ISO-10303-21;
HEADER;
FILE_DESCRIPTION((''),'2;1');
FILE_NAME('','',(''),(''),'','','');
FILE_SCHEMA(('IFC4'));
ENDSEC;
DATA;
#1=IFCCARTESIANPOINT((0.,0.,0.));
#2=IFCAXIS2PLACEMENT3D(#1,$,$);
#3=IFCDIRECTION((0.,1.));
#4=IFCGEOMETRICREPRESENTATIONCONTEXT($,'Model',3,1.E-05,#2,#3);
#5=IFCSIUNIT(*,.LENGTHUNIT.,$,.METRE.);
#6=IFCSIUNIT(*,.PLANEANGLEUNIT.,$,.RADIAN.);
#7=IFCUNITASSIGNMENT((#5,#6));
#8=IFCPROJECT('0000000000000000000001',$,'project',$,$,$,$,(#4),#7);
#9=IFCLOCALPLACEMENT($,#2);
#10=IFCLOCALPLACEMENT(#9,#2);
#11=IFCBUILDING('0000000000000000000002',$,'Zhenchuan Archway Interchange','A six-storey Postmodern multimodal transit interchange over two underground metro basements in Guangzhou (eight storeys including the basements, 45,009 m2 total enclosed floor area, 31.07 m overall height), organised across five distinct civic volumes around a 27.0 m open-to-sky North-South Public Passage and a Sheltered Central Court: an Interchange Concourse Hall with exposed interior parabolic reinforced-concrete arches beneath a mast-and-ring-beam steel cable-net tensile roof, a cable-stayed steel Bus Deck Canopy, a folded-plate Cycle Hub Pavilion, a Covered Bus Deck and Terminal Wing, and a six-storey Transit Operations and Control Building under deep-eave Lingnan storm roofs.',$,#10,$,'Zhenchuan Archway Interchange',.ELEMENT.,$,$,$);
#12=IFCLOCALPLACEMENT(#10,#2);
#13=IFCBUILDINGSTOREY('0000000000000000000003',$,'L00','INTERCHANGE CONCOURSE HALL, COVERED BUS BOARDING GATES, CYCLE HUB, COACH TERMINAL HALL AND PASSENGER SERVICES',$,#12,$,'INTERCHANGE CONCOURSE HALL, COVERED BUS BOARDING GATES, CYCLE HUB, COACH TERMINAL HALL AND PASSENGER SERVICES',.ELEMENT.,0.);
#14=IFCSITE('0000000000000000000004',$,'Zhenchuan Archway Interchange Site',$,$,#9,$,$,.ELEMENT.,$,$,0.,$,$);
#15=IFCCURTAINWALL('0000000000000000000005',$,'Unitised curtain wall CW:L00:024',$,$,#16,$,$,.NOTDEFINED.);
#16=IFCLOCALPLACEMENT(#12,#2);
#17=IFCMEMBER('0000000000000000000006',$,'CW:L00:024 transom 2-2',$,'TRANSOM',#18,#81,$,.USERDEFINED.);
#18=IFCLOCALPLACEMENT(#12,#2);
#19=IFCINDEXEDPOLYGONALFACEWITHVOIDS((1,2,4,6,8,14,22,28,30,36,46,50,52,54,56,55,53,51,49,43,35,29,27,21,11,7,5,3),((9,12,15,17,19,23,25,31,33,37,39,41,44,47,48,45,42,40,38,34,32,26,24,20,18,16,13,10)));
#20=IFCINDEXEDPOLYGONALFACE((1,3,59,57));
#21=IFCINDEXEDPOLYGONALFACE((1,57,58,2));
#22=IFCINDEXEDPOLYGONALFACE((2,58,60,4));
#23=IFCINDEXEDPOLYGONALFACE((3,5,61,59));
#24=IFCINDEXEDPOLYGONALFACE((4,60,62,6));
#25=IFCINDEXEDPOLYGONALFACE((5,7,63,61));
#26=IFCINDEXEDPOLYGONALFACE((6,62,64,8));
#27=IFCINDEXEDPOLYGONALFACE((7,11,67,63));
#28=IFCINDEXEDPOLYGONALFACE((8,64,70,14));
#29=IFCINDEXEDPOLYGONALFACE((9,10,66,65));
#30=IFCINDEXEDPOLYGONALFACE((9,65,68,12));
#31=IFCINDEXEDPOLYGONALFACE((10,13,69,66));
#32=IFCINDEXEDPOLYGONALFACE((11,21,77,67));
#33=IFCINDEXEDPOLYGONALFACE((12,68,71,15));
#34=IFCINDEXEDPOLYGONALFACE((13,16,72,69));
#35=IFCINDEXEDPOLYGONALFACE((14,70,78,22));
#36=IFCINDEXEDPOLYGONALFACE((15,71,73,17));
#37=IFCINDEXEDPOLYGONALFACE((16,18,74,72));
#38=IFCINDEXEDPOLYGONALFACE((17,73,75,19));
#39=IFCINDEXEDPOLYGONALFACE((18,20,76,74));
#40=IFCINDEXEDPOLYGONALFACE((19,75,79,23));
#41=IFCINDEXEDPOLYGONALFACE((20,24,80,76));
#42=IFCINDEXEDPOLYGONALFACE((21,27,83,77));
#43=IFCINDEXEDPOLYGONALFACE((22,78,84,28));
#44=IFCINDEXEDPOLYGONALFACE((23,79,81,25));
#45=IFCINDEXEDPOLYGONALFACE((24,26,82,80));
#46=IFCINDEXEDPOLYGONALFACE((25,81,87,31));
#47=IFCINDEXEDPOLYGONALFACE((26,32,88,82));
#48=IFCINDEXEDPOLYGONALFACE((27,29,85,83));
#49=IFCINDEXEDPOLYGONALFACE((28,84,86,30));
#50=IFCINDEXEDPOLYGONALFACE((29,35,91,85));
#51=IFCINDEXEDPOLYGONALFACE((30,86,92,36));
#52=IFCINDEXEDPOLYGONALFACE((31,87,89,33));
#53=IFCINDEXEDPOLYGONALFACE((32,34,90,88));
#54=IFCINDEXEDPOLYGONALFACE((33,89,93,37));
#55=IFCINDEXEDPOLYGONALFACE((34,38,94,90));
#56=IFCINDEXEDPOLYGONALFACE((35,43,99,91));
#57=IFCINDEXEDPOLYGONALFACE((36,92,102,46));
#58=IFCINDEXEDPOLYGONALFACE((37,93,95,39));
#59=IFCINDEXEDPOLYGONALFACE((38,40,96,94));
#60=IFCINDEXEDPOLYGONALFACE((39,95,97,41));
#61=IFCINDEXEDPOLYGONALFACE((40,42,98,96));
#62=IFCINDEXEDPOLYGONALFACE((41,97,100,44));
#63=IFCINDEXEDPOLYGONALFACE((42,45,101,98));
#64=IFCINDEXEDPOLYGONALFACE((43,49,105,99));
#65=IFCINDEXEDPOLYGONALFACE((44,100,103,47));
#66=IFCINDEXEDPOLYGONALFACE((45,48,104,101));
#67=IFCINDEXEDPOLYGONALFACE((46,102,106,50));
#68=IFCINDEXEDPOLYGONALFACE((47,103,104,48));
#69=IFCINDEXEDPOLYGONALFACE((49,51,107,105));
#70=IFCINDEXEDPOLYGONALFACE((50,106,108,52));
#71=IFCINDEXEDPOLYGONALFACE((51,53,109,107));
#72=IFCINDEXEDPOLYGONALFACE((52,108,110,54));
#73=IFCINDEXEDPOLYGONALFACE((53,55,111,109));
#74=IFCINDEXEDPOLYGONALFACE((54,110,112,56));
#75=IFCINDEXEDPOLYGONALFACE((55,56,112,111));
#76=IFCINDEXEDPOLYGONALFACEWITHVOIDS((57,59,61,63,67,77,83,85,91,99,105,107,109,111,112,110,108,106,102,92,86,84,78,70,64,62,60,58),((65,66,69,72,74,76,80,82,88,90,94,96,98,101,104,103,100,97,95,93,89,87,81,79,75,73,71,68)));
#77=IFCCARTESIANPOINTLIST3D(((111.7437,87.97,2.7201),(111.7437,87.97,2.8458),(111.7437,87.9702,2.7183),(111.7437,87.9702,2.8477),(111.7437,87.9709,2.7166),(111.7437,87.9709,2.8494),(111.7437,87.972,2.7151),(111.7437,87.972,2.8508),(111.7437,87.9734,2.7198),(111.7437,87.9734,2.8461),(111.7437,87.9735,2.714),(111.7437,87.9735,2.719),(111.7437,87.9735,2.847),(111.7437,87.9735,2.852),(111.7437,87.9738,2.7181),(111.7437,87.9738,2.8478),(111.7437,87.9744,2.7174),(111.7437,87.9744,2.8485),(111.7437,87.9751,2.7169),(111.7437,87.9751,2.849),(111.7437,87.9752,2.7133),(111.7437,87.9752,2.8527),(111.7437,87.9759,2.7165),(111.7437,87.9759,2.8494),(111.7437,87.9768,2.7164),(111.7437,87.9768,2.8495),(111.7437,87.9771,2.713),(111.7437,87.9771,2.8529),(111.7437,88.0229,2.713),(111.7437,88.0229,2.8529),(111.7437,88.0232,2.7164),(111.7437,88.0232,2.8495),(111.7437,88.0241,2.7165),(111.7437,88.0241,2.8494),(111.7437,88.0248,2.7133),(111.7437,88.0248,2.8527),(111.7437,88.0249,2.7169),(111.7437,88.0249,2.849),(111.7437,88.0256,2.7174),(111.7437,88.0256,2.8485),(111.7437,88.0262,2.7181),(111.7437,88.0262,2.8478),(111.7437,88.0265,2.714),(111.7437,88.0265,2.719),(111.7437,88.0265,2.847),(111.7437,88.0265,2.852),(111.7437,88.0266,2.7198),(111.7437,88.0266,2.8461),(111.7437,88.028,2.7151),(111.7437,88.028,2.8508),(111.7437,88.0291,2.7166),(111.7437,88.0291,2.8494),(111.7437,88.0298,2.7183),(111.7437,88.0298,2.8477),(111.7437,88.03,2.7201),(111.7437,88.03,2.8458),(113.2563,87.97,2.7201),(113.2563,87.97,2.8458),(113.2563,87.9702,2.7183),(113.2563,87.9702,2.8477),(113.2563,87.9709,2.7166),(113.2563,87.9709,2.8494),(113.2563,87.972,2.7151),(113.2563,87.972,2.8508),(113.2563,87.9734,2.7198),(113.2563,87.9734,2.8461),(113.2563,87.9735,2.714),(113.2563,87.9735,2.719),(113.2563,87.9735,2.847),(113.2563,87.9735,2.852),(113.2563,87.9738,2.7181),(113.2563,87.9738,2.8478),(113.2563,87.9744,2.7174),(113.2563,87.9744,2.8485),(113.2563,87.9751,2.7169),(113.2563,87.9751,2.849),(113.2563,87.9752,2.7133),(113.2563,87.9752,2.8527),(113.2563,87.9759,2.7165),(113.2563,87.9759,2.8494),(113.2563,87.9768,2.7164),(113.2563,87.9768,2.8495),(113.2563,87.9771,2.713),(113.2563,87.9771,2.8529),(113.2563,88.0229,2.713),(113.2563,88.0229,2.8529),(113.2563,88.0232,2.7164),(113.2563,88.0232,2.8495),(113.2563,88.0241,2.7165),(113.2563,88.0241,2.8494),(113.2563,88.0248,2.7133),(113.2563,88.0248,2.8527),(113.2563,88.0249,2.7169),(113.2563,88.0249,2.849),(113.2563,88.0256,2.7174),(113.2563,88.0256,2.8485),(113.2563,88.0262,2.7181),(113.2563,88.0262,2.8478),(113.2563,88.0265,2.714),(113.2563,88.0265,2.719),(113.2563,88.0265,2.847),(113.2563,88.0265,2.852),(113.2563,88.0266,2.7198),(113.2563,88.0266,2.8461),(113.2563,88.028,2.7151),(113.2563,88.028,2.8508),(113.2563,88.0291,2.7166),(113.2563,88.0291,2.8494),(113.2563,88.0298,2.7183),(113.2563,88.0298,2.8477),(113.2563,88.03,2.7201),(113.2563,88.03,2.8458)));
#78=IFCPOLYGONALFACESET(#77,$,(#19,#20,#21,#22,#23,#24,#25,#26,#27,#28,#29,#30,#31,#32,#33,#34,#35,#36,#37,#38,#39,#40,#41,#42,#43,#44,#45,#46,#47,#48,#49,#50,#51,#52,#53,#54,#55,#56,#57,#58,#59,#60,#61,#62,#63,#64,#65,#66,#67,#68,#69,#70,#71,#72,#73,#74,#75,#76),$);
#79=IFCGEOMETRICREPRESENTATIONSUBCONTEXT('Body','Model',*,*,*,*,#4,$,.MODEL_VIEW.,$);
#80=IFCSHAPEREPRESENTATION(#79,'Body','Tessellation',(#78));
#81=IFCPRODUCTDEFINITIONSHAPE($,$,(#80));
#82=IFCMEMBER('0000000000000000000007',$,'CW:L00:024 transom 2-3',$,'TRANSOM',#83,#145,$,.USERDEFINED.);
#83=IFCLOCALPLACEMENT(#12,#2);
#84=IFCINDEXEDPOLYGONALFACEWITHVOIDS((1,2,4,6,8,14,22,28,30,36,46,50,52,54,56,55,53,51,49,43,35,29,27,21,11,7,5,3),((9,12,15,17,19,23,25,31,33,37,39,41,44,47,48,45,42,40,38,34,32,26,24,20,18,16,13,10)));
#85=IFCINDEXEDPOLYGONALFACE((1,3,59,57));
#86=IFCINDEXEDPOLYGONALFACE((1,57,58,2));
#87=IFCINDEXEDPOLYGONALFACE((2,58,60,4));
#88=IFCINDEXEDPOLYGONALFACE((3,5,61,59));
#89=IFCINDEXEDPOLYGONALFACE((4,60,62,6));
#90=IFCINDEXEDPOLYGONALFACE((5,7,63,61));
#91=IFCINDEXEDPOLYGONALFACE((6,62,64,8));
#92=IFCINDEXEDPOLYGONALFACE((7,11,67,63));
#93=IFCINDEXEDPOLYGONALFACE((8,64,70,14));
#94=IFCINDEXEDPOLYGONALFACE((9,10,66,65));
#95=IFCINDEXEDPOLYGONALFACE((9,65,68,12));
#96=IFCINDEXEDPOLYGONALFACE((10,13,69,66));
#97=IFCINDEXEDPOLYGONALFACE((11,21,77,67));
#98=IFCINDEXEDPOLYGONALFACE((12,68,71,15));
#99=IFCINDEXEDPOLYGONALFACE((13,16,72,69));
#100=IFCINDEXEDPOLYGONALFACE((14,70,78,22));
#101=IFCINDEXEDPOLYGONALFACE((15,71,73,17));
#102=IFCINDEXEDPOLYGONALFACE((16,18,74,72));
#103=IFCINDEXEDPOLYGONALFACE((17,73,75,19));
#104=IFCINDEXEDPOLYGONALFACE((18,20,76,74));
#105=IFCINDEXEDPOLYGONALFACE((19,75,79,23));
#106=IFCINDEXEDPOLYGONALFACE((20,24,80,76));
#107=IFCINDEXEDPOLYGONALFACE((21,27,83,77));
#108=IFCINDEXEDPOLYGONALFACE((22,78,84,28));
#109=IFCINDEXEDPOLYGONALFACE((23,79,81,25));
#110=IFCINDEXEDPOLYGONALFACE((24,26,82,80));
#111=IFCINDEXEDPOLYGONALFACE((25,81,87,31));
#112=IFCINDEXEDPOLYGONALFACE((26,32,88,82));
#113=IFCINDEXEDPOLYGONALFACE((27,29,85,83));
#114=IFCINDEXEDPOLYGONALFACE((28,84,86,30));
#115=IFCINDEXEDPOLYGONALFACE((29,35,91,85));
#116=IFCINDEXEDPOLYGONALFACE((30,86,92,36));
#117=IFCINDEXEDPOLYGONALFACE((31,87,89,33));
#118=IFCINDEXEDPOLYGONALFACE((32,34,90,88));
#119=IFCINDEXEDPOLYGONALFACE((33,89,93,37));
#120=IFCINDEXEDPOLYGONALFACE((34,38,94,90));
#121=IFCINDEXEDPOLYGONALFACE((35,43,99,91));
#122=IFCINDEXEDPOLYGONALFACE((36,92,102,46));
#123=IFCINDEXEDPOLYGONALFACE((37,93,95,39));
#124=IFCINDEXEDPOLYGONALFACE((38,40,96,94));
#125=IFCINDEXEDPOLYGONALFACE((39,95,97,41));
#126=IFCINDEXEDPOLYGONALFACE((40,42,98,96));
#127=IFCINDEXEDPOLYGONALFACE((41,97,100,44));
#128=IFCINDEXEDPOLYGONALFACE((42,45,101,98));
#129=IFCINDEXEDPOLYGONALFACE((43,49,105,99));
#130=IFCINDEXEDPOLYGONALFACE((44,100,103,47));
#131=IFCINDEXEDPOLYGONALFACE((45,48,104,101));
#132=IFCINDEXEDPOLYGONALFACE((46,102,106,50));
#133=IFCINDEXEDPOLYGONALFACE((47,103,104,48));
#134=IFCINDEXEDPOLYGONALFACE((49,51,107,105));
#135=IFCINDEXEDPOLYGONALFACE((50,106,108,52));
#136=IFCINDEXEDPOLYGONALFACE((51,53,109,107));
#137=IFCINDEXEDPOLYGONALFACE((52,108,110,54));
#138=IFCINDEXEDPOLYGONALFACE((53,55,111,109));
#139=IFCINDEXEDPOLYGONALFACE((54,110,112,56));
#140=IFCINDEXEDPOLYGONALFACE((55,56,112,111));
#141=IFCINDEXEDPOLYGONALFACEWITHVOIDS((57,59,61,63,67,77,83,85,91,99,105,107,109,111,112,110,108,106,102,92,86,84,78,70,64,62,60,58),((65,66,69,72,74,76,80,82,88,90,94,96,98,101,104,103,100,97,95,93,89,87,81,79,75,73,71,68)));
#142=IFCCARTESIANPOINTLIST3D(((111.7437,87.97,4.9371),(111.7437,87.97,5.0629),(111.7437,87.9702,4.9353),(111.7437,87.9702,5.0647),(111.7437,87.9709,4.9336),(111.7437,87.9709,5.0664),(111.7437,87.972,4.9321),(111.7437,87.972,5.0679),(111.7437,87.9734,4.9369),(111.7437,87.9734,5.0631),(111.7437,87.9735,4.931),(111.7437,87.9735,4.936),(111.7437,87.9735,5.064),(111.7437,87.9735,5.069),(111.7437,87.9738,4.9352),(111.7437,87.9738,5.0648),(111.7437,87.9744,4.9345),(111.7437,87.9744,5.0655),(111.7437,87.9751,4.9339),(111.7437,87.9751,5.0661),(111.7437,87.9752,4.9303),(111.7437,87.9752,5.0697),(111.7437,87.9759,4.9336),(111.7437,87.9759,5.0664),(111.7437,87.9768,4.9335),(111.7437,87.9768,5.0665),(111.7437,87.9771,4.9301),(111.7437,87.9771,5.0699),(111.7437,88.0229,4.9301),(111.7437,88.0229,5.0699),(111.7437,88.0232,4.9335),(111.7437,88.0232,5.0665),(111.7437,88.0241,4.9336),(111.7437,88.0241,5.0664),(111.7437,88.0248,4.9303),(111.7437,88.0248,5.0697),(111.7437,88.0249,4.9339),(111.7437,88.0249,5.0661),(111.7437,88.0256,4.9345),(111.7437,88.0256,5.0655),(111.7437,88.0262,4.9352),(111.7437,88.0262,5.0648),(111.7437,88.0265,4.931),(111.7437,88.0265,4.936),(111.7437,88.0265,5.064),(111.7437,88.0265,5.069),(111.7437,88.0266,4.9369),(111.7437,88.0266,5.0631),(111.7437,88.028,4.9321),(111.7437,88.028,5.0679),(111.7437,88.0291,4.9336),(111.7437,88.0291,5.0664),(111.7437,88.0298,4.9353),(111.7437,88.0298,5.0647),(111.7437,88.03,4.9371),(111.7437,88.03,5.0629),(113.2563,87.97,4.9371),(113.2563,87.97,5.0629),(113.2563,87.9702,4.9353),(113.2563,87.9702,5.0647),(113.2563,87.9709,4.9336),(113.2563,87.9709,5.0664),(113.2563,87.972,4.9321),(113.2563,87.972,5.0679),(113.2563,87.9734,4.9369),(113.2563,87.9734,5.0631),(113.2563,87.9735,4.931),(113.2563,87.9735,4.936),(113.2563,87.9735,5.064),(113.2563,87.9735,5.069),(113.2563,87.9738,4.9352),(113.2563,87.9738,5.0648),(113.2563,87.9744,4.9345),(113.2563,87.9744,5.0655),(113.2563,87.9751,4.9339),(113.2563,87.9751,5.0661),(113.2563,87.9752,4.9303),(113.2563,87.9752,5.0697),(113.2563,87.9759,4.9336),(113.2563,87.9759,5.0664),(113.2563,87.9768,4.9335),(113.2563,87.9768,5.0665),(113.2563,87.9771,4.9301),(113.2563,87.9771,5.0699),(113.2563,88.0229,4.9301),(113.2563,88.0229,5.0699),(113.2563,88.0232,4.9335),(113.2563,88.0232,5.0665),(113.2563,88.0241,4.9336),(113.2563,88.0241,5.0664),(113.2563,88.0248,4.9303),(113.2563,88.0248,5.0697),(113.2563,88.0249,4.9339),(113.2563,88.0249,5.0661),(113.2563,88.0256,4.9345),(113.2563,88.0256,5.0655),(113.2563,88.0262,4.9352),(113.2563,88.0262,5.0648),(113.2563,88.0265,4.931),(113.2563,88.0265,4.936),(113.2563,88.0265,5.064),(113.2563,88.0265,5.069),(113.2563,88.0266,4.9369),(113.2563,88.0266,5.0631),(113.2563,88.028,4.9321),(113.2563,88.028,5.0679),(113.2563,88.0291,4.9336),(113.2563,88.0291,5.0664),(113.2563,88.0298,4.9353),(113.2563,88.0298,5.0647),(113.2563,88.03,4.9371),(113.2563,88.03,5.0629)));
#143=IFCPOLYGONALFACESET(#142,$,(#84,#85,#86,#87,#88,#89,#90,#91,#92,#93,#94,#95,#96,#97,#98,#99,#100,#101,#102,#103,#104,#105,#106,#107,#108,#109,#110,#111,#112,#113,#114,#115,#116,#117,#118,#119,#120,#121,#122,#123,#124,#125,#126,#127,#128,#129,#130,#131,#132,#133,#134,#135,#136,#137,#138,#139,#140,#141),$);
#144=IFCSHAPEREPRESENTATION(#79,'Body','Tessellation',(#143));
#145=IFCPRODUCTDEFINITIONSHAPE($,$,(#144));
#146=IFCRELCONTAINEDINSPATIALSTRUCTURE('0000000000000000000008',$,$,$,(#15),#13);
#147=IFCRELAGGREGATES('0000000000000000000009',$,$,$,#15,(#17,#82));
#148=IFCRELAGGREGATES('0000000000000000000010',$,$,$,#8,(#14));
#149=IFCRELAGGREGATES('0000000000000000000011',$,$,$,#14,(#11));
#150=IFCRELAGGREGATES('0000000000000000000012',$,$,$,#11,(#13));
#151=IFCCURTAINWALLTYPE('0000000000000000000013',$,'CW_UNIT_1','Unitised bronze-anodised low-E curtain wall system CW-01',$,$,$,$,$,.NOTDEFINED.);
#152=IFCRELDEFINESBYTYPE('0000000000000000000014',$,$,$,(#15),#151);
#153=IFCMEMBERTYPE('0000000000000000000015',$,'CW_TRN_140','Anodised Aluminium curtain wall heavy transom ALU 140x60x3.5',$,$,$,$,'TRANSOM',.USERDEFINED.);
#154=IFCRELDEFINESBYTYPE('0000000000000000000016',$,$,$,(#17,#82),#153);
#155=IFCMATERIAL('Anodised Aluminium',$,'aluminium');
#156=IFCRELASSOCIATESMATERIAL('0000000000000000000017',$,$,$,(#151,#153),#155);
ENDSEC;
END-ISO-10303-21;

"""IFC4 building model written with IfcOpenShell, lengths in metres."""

from ifc_helpers import new_model, si_unit, direction, frame, origin, origin_2d, place, context, subcontext, project, spatial, hollow_rectangle, extrude, material, material_profile, profile_set, type_object, element, aggregate, save


model = new_model("IFC4")

# Units and contexts
model_context = context("Model", 3, precision=1e-05, world=origin(), true_north=direction((0.0, 1.0)))
body_context = subcontext(model_context, "Body", "Model", "MODEL_VIEW")
ifc_project = project(units=[si_unit("LENGTHUNIT", "METRE"), si_unit("PLANEANGLEUNIT", "RADIAN")], contexts=[model_context])

# Site, building, storey
site_placement = place(None, origin())
site = spatial("IfcSite", under=ifc_project, at=site_placement, Name="Zhenchuan Archway Interchange Site", CompositionType="ELEMENT", RefElevation=0.0)
building_placement = place(site_placement, origin())
building = spatial("IfcBuilding", under=site, at=building_placement, Name="Zhenchuan Archway Interchange", Description="A six-storey Postmodern multimodal transit interchange over two underground metro basements in Guangzhou (eight storeys including the basements, 45,009 m2 total enclosed floor area, 31.07 m overall height), organised across five distinct civic volumes around a 27.0 m open-to-sky North-South Public Passage and a Sheltered Central Court: an Interchange Concourse Hall with exposed interior parabolic reinforced-concrete arches beneath a mast-and-ring-beam steel cable-net tensile roof, a cable-stayed steel Bus Deck Canopy, a folded-plate Cycle Hub Pavilion, a Covered Bus Deck and Terminal Wing, and a six-storey Transit Operations and Control Building under deep-eave Lingnan storm roofs.", LongName="Zhenchuan Archway Interchange", CompositionType="ELEMENT")
storey_placement = place(building_placement, origin())
storey = spatial("IfcBuildingStorey", under=building, at=storey_placement, Name="L00", Description="INTERCHANGE CONCOURSE HALL, COVERED BUS BOARDING GATES, CYCLE HUB, COACH TERMINAL HALL AND PASSENGER SERVICES", LongName="INTERCHANGE CONCOURSE HALL, COVERED BUS BOARDING GATES, CYCLE HUB, COACH TERMINAL HALL AND PASSENGER SERVICES", CompositionType="ELEMENT", Elevation=0.0)

# Curtain wall, members
ifc_material_1 = material(Name="Anodised Aluminium", Category="aluminium")
curtain_wall_type = type_object("IfcCurtainWallType", Name="CW_UNIT_1", Description="Unitised bronze-anodised low-E curtain wall system CW-01", PredefinedType="NOTDEFINED", material=ifc_material_1)
curtain_wall_placement = place(storey_placement, origin())
curtain_wall = element("IfcCurtainWall", 1, at=curtain_wall_placement, inside=storey, type_object=curtain_wall_type, Name="Unitised curtain wall CW:L00:024", PredefinedType="NOTDEFINED")
ifc_material_profile_1 = material_profile(ifc_material_1, hollow_rectangle(XDim=0.0601, YDim=0.1399, WallThickness=0.0034, InnerFilletRadius=0.0034, OuterFilletRadius=0.0071, at=origin_2d()), Name="ALU 140x60x3.5")
ifc_profile_set_1 = profile_set([ifc_material_profile_1], Name="Anodised Aluminium")
member_type_1 = type_object("IfcMemberType", Name="CW_TRN_140", Description="Anodised Aluminium curtain wall heavy transom ALU 140x60x3.5", ElementType="TRANSOM", PredefinedType="USERDEFINED", material=ifc_profile_set_1)
member_1_placement = place(storey_placement, frame((113.2563, 88.0, 2.783), z_axis=(-1.0, 0.0, 0.0), x_axis=(0.0, -1.0, 0.0)))
member_1 = element("IfcMember", 2, at=member_1_placement, type_object=member_type_1, Name="CW:L00:024 transom 2-2", ObjectType="TRANSOM", PredefinedType="USERDEFINED", context=body_context, shape_type="SweptSolid", body=[
    extrude(hollow_rectangle(XDim=0.0601, YDim=0.1399, WallThickness=0.0034, InnerFilletRadius=0.0034, OuterFilletRadius=0.0071, at=origin_2d()), origin(), (0.0, 0.0, 1.0), 1.5127),
])
member_2_placement = place(storey_placement, frame((113.2563, 88.0, 5.0), z_axis=(-1.0, 0.0, 0.0), x_axis=(0.0, -1.0, 0.0)))
member_2 = element("IfcMember", 3, at=member_2_placement, type_object=member_type_1, Name="CW:L00:024 transom 2-3", ObjectType="TRANSOM", PredefinedType="USERDEFINED", context=body_context, shape_type="SweptSolid", body=[
    extrude(hollow_rectangle(XDim=0.0601, YDim=0.1399, WallThickness=0.0034, InnerFilletRadius=0.0034, OuterFilletRadius=0.0071, at=origin_2d()), origin(), (0.0, 0.0, 1.0), 1.5127),
])
aggregate(curtain_wall, [member_1, member_2])

save(model, "model.ifc")
